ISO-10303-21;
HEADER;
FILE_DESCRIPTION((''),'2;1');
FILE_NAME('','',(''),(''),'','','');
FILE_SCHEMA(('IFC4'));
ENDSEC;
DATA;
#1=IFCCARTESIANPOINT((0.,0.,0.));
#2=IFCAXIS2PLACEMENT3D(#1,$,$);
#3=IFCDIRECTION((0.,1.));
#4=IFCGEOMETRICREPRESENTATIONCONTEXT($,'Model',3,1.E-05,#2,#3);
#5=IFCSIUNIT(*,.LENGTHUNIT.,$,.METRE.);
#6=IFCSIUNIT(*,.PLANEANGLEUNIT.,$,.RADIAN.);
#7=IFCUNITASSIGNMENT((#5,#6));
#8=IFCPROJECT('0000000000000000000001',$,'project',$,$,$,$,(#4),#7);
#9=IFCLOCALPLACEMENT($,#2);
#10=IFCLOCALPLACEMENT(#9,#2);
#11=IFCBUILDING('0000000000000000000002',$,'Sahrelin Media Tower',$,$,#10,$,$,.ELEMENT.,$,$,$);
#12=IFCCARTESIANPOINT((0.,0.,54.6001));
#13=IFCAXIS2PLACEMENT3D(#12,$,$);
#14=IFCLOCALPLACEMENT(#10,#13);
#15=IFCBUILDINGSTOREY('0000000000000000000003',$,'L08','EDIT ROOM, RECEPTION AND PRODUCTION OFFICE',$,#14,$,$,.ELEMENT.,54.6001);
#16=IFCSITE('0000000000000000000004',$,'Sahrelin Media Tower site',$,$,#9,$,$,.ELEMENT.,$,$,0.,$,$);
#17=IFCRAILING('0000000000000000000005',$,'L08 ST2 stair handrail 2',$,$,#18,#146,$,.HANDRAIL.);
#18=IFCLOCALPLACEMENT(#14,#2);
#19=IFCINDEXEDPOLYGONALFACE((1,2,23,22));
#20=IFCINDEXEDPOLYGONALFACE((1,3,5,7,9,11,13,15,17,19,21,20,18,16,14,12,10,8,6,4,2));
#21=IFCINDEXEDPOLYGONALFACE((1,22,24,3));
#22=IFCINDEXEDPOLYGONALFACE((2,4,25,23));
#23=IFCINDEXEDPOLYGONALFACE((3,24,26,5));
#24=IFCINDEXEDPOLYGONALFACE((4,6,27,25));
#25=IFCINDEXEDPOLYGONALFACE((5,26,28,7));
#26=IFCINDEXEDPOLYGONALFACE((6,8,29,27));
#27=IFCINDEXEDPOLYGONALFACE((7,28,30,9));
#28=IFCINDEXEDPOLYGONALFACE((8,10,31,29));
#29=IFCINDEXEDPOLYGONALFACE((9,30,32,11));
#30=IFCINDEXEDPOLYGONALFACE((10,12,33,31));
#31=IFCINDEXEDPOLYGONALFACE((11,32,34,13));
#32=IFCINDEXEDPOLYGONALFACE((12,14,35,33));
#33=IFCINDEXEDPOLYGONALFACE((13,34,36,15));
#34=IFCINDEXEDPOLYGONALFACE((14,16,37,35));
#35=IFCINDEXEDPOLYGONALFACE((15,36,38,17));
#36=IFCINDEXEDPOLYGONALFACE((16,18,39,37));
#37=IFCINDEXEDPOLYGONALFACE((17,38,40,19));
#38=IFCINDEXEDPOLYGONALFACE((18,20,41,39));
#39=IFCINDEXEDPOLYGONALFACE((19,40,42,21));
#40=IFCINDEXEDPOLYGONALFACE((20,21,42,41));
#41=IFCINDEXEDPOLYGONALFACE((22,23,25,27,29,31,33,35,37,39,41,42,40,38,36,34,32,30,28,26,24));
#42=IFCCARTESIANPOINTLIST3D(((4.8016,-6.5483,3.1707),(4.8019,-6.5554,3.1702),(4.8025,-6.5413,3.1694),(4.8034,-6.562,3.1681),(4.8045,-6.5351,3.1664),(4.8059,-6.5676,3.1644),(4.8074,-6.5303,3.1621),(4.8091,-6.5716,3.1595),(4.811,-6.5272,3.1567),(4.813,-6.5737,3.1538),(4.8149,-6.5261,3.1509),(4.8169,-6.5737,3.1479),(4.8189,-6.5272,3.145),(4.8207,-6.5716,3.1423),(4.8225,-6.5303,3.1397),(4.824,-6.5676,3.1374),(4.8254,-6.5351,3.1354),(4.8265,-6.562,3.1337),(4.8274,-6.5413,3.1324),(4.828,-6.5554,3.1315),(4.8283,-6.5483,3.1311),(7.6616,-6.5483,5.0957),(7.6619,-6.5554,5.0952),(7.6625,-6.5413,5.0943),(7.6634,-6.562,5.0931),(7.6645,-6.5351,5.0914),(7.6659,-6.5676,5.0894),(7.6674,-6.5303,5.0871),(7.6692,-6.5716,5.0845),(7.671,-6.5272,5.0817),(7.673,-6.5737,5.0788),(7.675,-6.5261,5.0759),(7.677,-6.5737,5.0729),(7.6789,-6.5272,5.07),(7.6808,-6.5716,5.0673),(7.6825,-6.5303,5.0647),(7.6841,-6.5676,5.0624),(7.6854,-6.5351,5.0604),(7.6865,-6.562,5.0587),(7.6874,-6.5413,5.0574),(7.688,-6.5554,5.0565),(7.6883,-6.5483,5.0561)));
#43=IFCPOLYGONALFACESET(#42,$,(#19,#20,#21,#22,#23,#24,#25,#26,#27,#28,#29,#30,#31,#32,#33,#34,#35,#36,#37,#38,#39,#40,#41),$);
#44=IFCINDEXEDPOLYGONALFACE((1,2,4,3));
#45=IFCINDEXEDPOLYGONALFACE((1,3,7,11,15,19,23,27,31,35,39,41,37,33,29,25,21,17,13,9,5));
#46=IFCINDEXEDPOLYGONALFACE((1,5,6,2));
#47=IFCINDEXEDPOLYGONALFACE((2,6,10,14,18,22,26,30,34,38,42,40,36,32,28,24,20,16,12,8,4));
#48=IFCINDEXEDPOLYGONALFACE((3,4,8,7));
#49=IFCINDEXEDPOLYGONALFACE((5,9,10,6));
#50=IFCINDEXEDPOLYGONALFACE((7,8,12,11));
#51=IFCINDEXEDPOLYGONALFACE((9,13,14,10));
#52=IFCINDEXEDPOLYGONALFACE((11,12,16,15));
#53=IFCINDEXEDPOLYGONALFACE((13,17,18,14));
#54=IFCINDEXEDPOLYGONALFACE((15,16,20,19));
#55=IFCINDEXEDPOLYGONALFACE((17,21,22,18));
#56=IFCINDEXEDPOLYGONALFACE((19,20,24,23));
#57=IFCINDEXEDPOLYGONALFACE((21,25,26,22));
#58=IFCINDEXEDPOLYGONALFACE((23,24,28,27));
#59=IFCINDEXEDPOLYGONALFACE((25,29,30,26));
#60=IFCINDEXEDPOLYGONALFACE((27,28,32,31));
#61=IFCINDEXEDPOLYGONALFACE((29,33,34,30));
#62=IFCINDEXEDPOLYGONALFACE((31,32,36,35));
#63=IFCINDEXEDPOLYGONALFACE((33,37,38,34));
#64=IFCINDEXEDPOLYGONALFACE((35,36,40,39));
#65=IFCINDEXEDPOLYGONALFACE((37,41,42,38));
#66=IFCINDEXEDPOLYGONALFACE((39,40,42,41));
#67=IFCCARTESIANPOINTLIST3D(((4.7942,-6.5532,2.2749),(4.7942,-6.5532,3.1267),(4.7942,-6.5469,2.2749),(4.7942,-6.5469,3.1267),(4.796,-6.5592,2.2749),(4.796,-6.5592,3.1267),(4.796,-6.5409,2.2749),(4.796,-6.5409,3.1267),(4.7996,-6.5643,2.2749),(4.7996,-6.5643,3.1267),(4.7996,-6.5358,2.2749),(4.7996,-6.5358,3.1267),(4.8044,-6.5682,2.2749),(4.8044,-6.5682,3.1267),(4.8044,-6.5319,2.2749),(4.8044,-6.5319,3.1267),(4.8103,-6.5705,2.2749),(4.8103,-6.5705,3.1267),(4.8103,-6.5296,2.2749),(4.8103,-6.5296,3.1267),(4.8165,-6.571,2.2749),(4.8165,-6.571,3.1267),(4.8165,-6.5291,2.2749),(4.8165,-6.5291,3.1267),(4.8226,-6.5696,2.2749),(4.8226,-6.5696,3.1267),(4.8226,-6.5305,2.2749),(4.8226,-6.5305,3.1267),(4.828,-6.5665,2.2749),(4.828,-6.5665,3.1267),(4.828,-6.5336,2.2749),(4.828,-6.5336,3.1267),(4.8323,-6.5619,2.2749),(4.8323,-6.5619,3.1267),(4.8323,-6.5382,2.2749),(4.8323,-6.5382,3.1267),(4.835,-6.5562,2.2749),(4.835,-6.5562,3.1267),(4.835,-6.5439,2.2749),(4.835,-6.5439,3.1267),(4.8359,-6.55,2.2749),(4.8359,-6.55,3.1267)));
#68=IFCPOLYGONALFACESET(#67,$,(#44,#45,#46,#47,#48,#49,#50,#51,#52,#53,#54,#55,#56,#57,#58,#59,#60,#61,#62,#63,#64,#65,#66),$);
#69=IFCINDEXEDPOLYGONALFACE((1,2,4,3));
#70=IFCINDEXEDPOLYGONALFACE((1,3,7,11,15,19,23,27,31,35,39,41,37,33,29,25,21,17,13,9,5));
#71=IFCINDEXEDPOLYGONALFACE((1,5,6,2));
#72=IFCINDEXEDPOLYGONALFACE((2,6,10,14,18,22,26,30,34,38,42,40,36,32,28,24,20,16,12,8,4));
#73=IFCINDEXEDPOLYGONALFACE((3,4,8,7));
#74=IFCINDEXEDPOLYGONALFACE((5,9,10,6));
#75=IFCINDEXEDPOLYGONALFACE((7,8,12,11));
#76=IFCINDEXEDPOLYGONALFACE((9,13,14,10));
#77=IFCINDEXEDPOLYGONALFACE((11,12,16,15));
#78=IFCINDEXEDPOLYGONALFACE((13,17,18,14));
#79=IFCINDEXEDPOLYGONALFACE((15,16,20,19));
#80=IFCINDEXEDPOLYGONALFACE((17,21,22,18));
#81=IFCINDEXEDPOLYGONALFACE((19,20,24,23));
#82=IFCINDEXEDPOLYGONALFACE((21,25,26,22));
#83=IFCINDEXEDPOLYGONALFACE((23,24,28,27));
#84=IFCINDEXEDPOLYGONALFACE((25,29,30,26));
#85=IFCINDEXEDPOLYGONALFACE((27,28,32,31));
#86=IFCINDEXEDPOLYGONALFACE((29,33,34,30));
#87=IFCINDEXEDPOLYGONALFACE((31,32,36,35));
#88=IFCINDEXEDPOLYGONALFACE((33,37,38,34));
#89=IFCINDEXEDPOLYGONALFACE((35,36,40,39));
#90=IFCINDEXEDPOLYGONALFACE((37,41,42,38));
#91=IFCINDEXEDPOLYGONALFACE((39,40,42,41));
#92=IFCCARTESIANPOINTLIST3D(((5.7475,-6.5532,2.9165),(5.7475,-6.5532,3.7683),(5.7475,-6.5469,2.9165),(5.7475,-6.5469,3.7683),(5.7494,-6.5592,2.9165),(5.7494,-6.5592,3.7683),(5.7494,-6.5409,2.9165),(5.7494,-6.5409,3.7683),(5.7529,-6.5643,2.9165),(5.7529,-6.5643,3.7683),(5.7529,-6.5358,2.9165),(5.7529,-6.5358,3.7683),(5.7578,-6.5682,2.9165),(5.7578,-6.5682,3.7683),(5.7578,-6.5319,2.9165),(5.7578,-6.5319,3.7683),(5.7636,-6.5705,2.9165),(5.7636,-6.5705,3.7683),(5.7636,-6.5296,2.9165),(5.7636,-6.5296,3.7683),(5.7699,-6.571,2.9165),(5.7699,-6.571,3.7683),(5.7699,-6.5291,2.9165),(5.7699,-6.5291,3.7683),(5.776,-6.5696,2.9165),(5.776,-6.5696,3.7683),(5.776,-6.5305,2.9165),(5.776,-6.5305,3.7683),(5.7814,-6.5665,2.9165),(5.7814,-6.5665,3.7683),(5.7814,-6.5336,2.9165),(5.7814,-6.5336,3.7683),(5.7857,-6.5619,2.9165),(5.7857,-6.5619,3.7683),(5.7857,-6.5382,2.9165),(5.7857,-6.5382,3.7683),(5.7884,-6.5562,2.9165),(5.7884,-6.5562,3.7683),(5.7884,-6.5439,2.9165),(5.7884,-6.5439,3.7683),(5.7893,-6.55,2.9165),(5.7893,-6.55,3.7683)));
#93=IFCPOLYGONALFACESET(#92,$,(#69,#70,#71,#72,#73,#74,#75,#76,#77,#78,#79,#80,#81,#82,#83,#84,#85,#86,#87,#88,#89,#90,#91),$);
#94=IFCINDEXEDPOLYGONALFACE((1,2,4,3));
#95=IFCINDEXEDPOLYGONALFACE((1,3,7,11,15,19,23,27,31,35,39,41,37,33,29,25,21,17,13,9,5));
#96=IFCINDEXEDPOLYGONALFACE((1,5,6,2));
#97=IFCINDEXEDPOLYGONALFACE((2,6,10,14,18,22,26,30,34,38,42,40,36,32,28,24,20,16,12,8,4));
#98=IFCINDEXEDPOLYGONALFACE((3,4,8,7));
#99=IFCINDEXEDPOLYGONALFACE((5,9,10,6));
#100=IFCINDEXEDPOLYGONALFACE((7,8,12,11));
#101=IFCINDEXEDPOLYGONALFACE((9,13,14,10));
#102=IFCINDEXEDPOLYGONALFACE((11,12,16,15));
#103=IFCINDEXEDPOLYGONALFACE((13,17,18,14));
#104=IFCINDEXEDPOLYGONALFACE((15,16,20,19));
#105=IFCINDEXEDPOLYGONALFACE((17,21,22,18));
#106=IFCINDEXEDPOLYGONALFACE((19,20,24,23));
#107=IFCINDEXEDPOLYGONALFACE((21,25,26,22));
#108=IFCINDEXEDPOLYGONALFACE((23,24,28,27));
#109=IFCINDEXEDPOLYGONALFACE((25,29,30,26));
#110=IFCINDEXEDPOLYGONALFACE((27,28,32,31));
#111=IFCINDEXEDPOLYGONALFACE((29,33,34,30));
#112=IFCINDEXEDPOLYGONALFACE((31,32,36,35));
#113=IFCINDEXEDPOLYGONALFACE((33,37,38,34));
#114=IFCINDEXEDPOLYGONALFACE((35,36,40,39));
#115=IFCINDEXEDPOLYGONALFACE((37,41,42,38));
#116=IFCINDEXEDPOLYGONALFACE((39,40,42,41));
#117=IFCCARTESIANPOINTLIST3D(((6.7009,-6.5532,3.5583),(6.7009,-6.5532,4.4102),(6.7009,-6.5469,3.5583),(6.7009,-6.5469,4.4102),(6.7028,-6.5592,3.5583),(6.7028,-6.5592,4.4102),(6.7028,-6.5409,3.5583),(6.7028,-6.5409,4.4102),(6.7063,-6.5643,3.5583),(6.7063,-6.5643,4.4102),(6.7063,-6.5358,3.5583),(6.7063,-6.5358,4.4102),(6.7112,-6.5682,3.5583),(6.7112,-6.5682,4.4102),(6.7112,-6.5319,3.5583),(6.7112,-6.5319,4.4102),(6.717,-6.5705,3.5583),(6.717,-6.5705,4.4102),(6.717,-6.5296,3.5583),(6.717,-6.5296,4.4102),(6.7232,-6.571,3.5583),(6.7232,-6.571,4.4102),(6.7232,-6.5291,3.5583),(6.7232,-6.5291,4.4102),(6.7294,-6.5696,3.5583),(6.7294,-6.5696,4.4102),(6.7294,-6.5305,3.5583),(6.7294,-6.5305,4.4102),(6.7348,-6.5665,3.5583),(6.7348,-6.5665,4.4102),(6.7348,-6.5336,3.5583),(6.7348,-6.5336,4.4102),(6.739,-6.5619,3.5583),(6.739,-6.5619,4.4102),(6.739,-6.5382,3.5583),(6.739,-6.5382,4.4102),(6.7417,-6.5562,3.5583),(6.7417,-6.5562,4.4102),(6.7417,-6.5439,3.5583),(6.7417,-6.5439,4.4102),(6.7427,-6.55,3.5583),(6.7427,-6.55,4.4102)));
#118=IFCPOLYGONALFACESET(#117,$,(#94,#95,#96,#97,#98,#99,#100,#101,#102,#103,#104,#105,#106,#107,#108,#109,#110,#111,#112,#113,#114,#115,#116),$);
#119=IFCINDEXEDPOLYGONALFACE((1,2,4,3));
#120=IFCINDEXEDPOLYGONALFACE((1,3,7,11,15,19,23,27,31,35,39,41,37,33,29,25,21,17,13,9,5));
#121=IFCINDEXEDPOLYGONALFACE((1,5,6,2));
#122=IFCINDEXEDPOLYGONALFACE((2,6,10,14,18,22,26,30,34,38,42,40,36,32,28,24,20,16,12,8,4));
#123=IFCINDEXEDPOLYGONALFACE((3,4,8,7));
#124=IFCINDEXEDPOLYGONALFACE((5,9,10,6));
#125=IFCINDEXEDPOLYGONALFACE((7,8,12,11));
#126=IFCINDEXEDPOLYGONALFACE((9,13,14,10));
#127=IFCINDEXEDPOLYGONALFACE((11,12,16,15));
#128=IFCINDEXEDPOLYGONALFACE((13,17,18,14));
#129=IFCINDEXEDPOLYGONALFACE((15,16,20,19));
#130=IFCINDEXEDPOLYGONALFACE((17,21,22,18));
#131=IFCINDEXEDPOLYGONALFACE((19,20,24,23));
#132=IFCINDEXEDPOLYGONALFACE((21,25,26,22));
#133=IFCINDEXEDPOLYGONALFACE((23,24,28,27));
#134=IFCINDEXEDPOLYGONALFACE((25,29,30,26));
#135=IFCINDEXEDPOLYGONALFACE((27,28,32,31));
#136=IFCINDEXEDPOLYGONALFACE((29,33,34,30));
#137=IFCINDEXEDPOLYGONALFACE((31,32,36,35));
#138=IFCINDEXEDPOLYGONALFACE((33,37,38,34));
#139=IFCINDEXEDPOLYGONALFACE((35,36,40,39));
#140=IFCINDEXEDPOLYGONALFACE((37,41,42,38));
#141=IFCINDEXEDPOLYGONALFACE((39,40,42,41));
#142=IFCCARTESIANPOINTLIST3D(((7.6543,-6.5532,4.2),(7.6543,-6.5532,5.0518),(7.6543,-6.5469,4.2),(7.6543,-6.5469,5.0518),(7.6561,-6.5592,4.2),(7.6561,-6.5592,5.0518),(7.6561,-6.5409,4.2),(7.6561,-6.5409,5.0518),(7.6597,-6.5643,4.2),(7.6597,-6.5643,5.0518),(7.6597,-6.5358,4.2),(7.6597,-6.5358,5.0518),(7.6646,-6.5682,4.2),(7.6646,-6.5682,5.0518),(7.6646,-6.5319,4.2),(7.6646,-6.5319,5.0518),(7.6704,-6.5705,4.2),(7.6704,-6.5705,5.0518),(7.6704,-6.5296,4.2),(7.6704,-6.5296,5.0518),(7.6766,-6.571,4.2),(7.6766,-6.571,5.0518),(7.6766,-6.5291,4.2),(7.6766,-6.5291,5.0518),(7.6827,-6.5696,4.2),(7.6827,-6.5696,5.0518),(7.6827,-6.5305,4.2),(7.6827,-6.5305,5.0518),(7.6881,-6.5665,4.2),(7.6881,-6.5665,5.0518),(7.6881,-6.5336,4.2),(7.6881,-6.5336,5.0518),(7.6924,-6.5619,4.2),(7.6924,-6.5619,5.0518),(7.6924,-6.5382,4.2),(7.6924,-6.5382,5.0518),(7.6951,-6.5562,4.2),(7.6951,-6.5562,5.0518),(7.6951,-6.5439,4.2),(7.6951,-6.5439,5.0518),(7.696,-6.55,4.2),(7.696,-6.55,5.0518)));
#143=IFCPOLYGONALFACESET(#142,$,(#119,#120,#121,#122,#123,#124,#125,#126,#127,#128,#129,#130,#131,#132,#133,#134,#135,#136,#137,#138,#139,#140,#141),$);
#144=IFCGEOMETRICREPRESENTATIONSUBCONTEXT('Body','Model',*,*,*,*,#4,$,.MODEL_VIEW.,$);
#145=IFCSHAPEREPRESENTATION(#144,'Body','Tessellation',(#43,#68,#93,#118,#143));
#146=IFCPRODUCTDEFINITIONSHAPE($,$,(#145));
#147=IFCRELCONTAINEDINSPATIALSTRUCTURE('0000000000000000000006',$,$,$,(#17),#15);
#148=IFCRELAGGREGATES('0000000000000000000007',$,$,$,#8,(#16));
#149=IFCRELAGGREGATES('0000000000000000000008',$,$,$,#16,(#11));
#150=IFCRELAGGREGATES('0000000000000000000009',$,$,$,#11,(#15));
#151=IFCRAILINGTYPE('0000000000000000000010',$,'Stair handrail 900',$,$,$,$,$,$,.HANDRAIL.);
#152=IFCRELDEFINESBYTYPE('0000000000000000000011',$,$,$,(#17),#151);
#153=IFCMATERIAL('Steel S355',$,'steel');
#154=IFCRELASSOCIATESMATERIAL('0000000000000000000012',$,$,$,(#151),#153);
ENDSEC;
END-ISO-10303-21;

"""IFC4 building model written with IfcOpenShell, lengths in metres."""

from ifc_helpers import new_model, si_unit, direction, frame, origin, origin_2d, place, context, subcontext, project, spatial, circle, extrude, material, type_object, element, save


model = new_model("IFC4")

# Units and contexts
model_context = context("Model", 3, precision=1e-05, world=origin(), true_north=direction((0.0, 1.0)))
body_context = subcontext(model_context, "Body", "Model", "MODEL_VIEW")
ifc_project = project(units=[si_unit("LENGTHUNIT", "METRE"), si_unit("PLANEANGLEUNIT", "RADIAN")], contexts=[model_context])

# Site, building, storey
site_placement = place(None, origin())
site = spatial("IfcSite", under=ifc_project, at=site_placement, Name="Sahrelin Media Tower site", CompositionType="ELEMENT", RefElevation=0.0)
building_placement = place(site_placement, origin())
building = spatial("IfcBuilding", under=site, at=building_placement, Name="Sahrelin Media Tower", CompositionType="ELEMENT")
storey_placement = place(building_placement, frame((0.0, 0.0, 54.6001)))
storey = spatial("IfcBuildingStorey", under=building, at=storey_placement, Name="L08", Description="EDIT ROOM, RECEPTION AND PRODUCTION OFFICE", CompositionType="ELEMENT", Elevation=54.6001)

# Shared definitions
ifc_material_1 = material(Name="Steel S355", Category="steel")

# Railing
railing_type_1 = type_object("IfcRailingType", Name="Stair handrail 900", PredefinedType="HANDRAIL", material=ifc_material_1)
railing_1_placement = place(storey_placement, frame((4.8149, -6.55, 2.2749)))
element("IfcRailing", 1, at=railing_1_placement, inside=storey, type_object=railing_type_1, Name="L08 ST2 stair handrail 2", PredefinedType="HANDRAIL", context=body_context, shape_type="SweptSolid", body=[
    extrude(circle(Radius=0.0239, at=origin_2d()), frame((0.0, 0.0, 0.876), z_axis=(0.829591, 0.0, 0.558372), x_axis=(0.0, 1.0, 0.0)), (0.0, 0.0, 1.0), 3.4475),
    extrude(circle(Radius=0.021, at=origin_2d()), origin(), (0.0, 0.0, 1.0), 0.8518),
    extrude(circle(Radius=0.021, at=origin_2d()), frame((0.9534, 0.0, 0.6416)), (0.0, 0.0, 1.0), 0.8518),
    extrude(circle(Radius=0.021, at=origin_2d()), frame((1.9067, 0.0, 1.2834)), (0.0, 0.0, 1.0), 0.8518),
    extrude(circle(Radius=0.021, at=origin_2d()), frame((2.8601, 0.0, 1.925)), (0.0, 0.0, 1.0), 0.8518),
])

save(model, "model.ifc")
